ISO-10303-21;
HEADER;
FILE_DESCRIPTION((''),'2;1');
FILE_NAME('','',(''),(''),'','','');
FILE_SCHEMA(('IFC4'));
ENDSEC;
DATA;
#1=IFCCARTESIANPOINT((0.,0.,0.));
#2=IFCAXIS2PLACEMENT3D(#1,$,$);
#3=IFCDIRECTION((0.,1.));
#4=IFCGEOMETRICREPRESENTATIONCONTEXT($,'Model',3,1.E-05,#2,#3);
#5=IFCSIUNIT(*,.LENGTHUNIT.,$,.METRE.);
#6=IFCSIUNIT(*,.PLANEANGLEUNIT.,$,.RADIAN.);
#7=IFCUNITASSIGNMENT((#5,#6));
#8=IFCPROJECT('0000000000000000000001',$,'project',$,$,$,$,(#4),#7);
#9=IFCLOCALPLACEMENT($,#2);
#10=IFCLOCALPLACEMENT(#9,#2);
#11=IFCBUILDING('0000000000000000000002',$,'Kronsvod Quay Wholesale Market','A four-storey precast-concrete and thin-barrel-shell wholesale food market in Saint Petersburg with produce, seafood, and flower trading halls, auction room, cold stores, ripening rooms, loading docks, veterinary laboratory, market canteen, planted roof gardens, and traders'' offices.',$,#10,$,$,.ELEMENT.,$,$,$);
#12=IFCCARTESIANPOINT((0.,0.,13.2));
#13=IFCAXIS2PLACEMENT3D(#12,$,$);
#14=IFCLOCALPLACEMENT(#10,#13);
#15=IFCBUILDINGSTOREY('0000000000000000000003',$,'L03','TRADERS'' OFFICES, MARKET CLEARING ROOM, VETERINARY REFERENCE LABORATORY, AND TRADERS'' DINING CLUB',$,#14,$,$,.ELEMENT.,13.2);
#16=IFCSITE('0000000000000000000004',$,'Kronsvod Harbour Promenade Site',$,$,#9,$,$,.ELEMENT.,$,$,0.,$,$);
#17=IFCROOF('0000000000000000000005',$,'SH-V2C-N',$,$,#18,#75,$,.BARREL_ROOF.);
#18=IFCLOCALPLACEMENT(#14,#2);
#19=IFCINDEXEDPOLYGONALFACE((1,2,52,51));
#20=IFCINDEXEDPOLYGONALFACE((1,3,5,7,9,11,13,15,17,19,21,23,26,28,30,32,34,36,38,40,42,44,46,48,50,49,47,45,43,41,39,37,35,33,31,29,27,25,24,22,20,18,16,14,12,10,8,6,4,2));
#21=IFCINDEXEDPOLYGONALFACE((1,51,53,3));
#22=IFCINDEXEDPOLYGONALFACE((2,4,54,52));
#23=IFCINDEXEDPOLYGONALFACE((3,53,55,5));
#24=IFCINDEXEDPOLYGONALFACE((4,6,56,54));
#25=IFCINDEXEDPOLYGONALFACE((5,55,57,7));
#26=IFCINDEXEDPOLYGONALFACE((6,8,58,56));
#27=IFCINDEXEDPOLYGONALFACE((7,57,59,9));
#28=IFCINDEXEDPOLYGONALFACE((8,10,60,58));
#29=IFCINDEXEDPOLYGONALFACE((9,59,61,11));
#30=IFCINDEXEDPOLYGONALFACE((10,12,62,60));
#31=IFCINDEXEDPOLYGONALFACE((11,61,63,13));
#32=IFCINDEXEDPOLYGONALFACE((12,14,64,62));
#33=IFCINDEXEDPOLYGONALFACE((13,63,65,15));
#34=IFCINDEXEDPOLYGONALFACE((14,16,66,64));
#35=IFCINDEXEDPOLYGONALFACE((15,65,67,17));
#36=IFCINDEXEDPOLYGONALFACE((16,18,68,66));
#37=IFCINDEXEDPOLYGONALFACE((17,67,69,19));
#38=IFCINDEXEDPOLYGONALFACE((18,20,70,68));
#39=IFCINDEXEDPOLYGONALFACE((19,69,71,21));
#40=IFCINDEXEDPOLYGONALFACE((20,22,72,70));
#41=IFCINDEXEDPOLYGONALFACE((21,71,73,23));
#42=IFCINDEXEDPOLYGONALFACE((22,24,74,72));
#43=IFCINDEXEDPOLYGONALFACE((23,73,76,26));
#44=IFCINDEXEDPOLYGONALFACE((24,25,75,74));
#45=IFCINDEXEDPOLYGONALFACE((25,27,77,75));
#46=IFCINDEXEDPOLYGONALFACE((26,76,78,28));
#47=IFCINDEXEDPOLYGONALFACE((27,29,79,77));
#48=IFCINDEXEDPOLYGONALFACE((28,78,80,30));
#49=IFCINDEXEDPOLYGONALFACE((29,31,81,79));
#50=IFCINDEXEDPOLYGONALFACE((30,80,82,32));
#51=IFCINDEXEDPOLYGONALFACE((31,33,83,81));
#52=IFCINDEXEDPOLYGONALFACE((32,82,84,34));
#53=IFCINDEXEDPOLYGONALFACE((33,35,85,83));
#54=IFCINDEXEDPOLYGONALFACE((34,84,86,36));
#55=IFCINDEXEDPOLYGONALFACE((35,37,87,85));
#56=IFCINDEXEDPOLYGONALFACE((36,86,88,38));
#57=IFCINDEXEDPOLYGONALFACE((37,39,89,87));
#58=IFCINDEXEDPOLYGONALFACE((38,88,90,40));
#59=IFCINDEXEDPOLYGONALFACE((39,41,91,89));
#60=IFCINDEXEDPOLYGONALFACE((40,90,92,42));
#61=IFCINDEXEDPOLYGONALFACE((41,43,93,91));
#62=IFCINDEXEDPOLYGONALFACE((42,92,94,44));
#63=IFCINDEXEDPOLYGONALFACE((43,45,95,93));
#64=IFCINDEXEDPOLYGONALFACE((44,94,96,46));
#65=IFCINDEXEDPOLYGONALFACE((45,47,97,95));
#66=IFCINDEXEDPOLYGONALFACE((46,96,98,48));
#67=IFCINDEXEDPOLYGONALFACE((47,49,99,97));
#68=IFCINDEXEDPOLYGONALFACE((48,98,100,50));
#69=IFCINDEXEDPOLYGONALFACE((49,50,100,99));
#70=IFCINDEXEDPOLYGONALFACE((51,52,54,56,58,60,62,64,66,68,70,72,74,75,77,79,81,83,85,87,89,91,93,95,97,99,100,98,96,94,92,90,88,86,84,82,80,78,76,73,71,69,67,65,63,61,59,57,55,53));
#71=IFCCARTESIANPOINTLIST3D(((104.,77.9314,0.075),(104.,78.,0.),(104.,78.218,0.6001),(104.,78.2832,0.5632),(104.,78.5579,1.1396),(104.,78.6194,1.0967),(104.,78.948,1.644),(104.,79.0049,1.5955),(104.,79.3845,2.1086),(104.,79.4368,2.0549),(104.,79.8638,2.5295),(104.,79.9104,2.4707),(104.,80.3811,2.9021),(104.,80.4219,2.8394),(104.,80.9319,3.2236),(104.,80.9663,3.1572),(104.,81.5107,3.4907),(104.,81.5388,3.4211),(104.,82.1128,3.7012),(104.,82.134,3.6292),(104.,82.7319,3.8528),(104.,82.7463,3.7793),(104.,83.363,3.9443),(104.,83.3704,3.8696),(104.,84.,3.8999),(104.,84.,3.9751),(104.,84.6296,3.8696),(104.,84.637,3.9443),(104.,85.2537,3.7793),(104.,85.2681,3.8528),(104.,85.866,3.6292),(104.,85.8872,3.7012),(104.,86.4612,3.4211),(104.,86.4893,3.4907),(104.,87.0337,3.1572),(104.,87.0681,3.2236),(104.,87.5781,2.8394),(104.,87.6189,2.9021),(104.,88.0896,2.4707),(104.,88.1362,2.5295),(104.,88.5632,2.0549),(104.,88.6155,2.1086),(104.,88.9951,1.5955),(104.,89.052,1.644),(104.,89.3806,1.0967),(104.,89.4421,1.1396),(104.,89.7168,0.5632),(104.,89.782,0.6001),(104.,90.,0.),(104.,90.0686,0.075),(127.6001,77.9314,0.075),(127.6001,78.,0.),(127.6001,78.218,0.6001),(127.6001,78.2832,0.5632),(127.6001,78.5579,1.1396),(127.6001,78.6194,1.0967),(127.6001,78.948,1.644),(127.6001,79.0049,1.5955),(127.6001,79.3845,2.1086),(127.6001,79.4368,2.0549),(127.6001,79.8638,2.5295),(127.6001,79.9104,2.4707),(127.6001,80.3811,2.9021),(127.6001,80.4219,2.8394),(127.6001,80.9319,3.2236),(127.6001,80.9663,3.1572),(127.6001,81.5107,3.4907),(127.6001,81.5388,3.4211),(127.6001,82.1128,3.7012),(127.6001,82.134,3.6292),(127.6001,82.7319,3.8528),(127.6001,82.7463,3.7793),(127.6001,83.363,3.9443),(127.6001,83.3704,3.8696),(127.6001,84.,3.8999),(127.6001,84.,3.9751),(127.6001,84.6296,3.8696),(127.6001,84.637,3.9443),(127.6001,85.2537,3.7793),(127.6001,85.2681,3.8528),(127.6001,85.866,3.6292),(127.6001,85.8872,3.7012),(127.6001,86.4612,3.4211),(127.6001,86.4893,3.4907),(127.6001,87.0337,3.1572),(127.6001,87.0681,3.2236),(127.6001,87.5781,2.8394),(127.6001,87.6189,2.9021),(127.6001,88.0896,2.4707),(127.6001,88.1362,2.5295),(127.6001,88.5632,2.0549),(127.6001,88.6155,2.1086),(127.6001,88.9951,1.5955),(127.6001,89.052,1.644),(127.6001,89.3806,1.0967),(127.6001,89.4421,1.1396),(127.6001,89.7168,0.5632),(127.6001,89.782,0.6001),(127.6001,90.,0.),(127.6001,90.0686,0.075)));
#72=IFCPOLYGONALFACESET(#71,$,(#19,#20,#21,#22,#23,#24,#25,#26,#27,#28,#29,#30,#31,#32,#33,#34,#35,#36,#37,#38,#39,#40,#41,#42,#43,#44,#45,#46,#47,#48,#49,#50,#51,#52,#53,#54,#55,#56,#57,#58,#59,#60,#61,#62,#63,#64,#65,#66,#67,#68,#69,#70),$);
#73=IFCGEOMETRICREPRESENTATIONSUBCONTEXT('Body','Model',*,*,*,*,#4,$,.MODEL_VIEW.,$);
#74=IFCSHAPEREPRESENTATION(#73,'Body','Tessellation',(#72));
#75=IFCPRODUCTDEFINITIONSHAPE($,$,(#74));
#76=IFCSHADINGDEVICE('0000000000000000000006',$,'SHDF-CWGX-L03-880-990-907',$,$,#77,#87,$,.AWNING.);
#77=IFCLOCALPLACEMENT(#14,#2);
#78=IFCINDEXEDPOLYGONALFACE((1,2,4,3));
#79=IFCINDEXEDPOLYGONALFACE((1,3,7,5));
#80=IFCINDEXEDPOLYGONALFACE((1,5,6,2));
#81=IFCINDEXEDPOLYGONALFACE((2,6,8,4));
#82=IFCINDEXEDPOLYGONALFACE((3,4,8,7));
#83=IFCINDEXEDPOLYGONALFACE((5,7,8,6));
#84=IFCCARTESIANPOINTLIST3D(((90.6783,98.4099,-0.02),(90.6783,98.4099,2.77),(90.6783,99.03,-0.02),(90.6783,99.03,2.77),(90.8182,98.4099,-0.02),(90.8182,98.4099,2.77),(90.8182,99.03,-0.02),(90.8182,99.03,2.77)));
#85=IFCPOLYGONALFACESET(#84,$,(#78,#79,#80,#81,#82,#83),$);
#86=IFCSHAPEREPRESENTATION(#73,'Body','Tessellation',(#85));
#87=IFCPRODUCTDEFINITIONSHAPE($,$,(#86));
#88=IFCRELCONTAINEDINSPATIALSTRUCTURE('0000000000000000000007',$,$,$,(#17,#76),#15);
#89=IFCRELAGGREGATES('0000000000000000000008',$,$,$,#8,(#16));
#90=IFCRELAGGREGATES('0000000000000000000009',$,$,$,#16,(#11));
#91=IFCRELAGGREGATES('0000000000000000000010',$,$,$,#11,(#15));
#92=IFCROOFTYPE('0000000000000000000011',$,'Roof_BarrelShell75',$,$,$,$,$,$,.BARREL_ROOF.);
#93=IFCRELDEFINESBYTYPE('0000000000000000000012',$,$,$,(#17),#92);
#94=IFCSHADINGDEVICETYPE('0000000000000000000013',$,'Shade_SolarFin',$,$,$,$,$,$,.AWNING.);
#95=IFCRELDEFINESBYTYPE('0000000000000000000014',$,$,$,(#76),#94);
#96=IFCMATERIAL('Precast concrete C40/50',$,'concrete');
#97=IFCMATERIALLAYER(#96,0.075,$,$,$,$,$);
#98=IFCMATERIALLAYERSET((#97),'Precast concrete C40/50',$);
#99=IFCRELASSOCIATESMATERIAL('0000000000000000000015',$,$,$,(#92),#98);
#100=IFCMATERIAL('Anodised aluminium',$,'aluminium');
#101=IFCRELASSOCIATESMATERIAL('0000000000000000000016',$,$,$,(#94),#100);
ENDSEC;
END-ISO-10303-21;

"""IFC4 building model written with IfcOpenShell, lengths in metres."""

from ifc_helpers import new_model, si_unit, direction, frame, origin, origin_2d, place, context, subcontext, project, spatial, polyline, rectangle, outline, extrude, material, layer, layer_set, type_object, element, save


model = new_model("IFC4")

# Units and contexts
model_context = context("Model", 3, precision=1e-05, world=origin(), true_north=direction((0.0, 1.0)))
body_context = subcontext(model_context, "Body", "Model", "MODEL_VIEW")
ifc_project = project(units=[si_unit("LENGTHUNIT", "METRE"), si_unit("PLANEANGLEUNIT", "RADIAN")], contexts=[model_context])

# Site, building, storey
site_placement = place(None, origin())
site = spatial("IfcSite", under=ifc_project, at=site_placement, Name="Kronsvod Harbour Promenade Site", CompositionType="ELEMENT", RefElevation=0.0)
building_placement = place(site_placement, origin())
building = spatial("IfcBuilding", under=site, at=building_placement, Name="Kronsvod Quay Wholesale Market", Description="A four-storey precast-concrete and thin-barrel-shell wholesale food market in Saint Petersburg with produce, seafood, and flower trading halls, auction room, cold stores, ripening rooms, loading docks, veterinary laboratory, market canteen, planted roof gardens, and traders' offices.", CompositionType="ELEMENT")
storey_placement = place(building_placement, frame((0.0, 0.0, 13.2)))
storey = spatial("IfcBuildingStorey", under=building, at=storey_placement, Name="L03", Description="TRADERS' OFFICES, MARKET CLEARING ROOM, VETERINARY REFERENCE LABORATORY, AND TRADERS' DINING CLUB", CompositionType="ELEMENT", Elevation=13.2)

# Roof
ifc_material_1 = material(Name="Precast concrete C40/50", Category="concrete")
ifc_layer_1 = layer(ifc_material_1, 0.075)
ifc_layer_set_1 = layer_set([ifc_layer_1], Name="Precast concrete C40/50")
roof_type = type_object("IfcRoofType", Name="Roof_BarrelShell75", PredefinedType="BARREL_ROOF", material=ifc_layer_set_1)
roof_placement = place(storey_placement, frame((104.0, 84.0, 0.0), z_axis=(1.0, 0.0, 0.0), x_axis=(0.0, 1.0, 0.0)))
element("IfcRoof", 1, at=roof_placement, inside=storey, type_object=roof_type, Name="SH-V2C-N", PredefinedType="BARREL_ROOF", context=body_context, shape_type="SweptSolid", body=[
    extrude(outline(polyline([(-6.0, 0.0), (-5.7168, 0.5632), (-5.3806, 1.0967), (-4.9951, 1.5955), (-4.5632, 2.0549), (-4.0896, 2.4707), (-3.5781, 2.8394), (-3.0337, 3.1572), (-2.4612, 3.4211), (-1.866, 3.6292), (-1.2537, 3.7793), (-0.6296, 3.8696), (0.0, 3.8999), (0.6296, 3.8696), (1.2537, 3.7793), (1.866, 3.6292), (2.4612, 3.4211), (3.0337, 3.1572), (3.5781, 2.8394), (4.0896, 2.4707), (4.5632, 2.0549), (4.9951, 1.5955), (5.3806, 1.0967), (5.7168, 0.5632), (6.0, 0.0), (6.0686, 0.075), (5.782, 0.6001), (5.4421, 1.1396), (5.052, 1.644), (4.6155, 2.1086), (4.1362, 2.5295), (3.6189, 2.9021), (3.0681, 3.2236), (2.4893, 3.4907), (1.8872, 3.7012), (1.2681, 3.8528), (0.637, 3.9443), (0.0, 3.9751), (-0.637, 3.9443), (-1.2681, 3.8528), (-1.8872, 3.7012), (-2.4893, 3.4907), (-3.0681, 3.2236), (-3.6189, 2.9021), (-4.1362, 2.5295), (-4.6155, 2.1086), (-5.052, 1.644), (-5.4421, 1.1396), (-5.782, 0.6001), (-6.0686, 0.075), (-6.0, 0.0)])), origin(), (0.0, 0.0, 1.0), 23.6001),
])

# Shading device
ifc_material_2 = material(Name="Anodised aluminium", Category="aluminium")
shading_device_type = type_object("IfcShadingDeviceType", Name="Shade_SolarFin", PredefinedType="AWNING", material=ifc_material_2)
shading_device_placement = place(storey_placement, frame((90.7483, 98.72, -0.02), z_axis=(0.0, 0.0, 1.0), x_axis=(1.0, 0.0, 0.0)))
element("IfcShadingDevice", 2, at=shading_device_placement, inside=storey, type_object=shading_device_type, Name="SHDF-CWGX-L03-880-990-907", PredefinedType="AWNING", context=body_context, shape_type="SweptSolid", body=[
    extrude(rectangle(XDim=0.1399, YDim=0.6201, at=origin_2d()), origin(), (0.0, 0.0, 1.0), 2.79),
])

save(model, "model.ifc")
